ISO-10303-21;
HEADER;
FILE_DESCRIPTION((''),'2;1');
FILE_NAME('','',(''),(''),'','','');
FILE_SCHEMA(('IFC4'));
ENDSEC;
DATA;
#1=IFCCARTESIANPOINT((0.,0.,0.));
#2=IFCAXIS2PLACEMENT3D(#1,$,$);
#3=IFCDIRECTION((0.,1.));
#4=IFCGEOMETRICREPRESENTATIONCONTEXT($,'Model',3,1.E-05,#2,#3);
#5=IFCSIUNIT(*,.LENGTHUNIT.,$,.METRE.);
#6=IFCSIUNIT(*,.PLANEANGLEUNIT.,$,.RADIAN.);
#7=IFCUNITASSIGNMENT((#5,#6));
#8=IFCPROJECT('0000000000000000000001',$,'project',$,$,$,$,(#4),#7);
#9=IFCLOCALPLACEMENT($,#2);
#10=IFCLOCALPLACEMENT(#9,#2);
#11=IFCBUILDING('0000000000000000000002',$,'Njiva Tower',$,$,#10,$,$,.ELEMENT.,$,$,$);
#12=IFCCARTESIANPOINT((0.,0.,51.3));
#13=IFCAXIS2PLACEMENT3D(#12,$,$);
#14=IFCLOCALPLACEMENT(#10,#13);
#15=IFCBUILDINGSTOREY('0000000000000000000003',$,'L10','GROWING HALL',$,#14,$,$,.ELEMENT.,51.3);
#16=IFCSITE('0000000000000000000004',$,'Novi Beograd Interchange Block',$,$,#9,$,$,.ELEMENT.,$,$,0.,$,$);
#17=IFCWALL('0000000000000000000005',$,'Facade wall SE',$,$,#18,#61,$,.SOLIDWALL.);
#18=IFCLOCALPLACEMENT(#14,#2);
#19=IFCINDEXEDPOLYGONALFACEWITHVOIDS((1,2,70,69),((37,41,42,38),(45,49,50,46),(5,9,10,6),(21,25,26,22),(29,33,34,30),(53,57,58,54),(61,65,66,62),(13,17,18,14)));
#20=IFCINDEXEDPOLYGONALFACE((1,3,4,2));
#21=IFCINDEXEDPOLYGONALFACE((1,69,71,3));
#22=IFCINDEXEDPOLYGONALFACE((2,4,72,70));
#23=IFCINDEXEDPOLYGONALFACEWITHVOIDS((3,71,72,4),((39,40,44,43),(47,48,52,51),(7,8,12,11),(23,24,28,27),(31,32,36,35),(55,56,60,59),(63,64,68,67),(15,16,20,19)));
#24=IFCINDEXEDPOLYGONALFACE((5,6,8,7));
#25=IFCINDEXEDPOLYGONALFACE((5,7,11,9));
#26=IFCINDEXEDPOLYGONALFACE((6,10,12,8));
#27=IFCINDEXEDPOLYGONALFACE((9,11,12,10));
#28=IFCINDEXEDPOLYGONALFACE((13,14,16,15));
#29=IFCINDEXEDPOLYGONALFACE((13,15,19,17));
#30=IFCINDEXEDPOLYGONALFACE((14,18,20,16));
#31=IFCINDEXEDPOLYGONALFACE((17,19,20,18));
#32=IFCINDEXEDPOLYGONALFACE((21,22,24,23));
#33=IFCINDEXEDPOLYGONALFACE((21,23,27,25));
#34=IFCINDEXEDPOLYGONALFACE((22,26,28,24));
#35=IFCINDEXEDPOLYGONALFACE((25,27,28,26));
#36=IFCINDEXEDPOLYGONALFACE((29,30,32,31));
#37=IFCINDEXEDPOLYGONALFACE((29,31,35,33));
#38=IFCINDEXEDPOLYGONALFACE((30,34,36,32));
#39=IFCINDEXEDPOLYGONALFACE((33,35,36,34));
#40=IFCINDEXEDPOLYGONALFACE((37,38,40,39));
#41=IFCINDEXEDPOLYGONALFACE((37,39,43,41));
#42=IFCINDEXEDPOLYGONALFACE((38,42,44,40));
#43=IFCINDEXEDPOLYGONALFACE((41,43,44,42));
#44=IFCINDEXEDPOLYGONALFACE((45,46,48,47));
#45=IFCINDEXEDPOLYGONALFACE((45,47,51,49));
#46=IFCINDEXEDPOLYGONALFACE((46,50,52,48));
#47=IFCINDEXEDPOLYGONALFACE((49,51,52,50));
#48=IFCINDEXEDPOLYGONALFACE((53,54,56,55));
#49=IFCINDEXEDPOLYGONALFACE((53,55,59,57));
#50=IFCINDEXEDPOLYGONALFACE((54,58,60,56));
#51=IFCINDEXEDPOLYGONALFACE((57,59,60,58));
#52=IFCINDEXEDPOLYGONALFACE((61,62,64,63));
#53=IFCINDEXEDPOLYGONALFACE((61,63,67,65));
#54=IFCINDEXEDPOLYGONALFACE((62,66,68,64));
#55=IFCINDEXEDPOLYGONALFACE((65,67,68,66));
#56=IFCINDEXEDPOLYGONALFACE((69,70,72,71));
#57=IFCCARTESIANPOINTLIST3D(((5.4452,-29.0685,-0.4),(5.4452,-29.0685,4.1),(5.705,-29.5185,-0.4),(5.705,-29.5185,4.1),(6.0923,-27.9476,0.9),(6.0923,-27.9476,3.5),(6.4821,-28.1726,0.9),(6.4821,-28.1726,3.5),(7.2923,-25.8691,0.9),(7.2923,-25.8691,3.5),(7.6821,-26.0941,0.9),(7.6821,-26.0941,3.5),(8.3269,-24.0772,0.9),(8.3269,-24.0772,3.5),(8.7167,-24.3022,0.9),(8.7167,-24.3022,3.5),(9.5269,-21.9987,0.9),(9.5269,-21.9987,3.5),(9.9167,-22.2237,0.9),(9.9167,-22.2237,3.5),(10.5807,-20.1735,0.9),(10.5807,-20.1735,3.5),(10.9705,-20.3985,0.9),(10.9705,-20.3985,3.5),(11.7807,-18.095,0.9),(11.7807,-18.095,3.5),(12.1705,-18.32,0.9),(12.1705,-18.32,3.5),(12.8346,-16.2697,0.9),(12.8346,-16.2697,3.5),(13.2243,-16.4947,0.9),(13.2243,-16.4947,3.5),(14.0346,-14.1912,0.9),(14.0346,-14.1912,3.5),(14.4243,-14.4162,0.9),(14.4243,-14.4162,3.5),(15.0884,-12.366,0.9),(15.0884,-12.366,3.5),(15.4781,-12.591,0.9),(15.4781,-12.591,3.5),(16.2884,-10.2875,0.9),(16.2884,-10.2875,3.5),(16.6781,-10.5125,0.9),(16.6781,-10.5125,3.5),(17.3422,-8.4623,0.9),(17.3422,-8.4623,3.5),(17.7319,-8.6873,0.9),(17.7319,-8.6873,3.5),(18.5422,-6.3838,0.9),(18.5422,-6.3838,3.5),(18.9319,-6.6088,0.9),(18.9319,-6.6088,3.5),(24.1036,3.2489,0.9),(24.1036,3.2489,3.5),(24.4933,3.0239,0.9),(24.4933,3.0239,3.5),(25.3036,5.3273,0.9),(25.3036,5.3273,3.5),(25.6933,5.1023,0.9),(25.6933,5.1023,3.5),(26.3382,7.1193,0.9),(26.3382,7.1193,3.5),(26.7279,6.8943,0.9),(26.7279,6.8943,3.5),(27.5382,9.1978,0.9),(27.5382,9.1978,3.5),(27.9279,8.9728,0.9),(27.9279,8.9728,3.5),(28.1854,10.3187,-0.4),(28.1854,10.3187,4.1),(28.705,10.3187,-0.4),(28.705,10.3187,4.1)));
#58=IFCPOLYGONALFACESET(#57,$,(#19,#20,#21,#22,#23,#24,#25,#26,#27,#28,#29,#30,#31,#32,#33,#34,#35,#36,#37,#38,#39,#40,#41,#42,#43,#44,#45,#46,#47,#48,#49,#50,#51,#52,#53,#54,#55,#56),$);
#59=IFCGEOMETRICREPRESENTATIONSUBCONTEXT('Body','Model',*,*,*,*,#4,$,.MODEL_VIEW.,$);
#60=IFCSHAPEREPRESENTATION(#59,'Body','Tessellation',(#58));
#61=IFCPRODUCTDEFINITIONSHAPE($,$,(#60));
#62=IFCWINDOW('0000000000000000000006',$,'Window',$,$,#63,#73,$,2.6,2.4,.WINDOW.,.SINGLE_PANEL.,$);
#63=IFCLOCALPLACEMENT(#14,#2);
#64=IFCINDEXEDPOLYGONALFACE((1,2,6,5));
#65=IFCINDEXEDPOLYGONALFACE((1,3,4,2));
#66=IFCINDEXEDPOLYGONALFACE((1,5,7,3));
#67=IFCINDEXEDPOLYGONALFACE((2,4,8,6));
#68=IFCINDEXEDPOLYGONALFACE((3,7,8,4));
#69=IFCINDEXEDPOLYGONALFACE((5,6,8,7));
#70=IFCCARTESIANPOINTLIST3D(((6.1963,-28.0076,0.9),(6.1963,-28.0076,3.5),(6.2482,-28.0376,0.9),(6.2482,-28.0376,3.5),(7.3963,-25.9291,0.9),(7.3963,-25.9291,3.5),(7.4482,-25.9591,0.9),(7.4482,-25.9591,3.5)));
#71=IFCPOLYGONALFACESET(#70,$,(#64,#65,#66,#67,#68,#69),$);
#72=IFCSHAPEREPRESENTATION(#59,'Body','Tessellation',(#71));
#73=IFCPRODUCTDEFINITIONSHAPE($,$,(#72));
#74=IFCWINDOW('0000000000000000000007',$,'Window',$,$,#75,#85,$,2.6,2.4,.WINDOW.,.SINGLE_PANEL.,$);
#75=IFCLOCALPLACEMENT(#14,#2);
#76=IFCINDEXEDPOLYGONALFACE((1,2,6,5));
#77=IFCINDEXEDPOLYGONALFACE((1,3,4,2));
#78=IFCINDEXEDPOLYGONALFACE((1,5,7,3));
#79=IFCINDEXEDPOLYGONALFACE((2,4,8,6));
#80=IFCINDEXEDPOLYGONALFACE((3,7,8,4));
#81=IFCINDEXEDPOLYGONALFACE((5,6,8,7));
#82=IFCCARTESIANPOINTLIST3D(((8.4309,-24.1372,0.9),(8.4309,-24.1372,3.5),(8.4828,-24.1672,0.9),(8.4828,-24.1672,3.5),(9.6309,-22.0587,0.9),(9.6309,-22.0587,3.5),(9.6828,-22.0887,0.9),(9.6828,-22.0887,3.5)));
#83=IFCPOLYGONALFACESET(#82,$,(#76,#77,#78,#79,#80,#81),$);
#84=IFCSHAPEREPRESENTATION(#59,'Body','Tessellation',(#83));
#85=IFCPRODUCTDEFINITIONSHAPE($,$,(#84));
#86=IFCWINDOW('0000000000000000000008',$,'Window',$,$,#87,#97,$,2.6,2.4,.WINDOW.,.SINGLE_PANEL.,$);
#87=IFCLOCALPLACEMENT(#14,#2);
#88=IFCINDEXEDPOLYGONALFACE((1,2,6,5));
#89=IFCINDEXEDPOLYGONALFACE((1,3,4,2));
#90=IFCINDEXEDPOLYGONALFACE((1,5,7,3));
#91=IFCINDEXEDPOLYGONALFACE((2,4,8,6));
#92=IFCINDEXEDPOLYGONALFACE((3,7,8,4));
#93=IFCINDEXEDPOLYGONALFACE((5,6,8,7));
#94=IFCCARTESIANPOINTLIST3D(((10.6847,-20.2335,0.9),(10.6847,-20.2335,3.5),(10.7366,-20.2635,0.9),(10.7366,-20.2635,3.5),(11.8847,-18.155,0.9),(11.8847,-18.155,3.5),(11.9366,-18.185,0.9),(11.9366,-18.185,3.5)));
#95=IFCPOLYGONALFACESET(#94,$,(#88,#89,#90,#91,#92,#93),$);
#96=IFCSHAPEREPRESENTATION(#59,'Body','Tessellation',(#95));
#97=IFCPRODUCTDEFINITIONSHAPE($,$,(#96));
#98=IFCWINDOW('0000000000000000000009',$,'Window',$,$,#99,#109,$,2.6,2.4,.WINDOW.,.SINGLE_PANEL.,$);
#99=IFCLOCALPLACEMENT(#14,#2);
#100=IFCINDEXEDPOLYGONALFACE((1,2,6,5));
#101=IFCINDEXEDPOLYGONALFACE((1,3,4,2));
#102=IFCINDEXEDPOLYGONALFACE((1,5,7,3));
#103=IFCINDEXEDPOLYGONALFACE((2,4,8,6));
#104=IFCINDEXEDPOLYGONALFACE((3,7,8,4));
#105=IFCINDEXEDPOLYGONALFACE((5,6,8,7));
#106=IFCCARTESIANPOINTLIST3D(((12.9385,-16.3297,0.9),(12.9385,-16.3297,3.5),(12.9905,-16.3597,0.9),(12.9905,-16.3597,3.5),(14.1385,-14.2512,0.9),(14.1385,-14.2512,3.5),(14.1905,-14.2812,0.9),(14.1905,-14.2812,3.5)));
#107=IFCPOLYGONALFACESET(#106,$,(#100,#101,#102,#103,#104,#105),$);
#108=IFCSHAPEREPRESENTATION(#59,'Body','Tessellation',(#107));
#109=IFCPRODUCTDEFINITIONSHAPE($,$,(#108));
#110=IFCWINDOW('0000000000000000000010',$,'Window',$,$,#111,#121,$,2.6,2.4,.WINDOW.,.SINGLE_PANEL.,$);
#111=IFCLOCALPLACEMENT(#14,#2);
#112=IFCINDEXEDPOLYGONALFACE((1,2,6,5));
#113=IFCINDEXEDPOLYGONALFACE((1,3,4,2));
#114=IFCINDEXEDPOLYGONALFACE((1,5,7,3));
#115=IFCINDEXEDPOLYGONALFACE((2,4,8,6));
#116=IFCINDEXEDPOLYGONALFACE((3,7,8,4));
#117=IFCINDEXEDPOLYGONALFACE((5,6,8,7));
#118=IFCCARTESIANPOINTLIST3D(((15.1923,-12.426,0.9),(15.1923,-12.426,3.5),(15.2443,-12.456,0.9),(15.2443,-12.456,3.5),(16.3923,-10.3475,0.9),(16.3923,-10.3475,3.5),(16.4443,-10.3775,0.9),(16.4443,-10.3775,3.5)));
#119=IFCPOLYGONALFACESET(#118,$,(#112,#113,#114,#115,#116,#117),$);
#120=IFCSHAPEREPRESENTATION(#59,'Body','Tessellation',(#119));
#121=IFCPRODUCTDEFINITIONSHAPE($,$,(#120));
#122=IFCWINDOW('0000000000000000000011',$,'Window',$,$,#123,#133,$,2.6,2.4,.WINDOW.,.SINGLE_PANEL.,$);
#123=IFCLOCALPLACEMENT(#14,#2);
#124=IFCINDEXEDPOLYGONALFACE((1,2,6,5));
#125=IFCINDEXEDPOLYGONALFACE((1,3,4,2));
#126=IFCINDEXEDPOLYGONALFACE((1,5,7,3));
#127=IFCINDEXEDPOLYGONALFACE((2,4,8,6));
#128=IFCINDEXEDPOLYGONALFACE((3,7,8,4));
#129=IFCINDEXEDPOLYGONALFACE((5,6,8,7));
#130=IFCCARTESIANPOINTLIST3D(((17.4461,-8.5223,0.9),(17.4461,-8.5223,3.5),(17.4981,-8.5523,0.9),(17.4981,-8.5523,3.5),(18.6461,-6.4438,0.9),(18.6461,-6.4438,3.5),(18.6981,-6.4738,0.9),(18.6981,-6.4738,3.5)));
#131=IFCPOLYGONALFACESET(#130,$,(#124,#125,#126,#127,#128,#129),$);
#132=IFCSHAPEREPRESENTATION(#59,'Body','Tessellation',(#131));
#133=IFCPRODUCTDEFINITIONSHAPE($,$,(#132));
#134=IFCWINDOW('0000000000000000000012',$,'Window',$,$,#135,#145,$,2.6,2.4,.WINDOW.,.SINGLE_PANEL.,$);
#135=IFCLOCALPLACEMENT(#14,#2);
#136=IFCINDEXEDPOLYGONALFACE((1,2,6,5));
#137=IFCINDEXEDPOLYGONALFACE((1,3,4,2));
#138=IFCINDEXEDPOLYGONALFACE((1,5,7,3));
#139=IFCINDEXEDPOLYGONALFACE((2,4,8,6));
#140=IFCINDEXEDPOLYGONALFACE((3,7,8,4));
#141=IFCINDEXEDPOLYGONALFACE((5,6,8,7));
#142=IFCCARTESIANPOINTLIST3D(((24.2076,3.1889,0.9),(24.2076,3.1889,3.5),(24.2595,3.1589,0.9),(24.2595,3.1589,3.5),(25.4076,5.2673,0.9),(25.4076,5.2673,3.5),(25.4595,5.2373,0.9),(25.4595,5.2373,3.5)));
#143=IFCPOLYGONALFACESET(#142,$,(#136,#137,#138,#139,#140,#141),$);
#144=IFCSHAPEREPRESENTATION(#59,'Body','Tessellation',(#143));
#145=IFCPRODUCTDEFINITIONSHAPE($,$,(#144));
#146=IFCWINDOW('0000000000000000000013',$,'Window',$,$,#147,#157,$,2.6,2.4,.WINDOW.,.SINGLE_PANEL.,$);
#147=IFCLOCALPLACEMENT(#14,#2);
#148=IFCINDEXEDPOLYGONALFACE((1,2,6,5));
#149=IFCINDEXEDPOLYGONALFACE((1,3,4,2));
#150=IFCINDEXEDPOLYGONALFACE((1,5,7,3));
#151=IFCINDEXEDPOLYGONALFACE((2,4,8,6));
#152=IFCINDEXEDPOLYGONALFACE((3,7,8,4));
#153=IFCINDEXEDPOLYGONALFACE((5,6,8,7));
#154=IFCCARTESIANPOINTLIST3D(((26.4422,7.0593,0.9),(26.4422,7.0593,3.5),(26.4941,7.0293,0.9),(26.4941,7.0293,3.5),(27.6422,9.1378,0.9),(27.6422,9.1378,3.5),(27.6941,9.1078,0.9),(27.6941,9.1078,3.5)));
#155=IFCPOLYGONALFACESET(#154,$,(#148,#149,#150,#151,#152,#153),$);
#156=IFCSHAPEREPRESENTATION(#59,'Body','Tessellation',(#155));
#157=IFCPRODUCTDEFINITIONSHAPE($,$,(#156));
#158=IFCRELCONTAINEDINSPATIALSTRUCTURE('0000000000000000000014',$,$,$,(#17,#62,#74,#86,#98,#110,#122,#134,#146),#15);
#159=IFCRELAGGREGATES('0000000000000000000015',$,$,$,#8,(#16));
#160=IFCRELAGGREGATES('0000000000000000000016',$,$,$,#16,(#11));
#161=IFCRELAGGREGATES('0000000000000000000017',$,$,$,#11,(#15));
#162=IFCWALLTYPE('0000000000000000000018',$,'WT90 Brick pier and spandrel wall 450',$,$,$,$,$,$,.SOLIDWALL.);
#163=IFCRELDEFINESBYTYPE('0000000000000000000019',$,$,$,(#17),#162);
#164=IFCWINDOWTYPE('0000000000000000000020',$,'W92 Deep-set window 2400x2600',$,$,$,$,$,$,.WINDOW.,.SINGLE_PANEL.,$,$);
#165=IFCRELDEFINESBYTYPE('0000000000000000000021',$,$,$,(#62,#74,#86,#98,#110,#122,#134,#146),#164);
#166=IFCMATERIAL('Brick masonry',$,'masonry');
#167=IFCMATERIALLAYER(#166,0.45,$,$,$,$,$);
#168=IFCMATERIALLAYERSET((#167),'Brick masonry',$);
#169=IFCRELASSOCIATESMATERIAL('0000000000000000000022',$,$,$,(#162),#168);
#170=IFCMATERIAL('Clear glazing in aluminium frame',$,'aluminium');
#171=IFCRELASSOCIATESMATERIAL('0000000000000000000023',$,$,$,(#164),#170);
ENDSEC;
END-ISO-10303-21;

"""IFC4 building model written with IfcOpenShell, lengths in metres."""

from ifc_helpers import new_model, si_unit, direction, frame, frame_2d, origin, place, context, subcontext, project, spatial, polyline, rectangle, outline, extrude, material, layer, layer_set, type_object, element, fill, save


model = new_model("IFC4")

# Units and contexts
model_context = context("Model", 3, precision=1e-05, world=origin(), true_north=direction((0.0, 1.0)))
body_context = subcontext(model_context, "Body", "Model", "MODEL_VIEW")
ifc_project = project(units=[si_unit("LENGTHUNIT", "METRE"), si_unit("PLANEANGLEUNIT", "RADIAN")], contexts=[model_context])

# Site, building, storey
site_placement = place(None, origin())
site = spatial("IfcSite", under=ifc_project, at=site_placement, Name="Novi Beograd Interchange Block", CompositionType="ELEMENT", RefElevation=0.0)
building_placement = place(site_placement, origin())
building = spatial("IfcBuilding", under=site, at=building_placement, Name="Njiva Tower", CompositionType="ELEMENT")
storey_placement = place(building_placement, frame((0.0, 0.0, 51.3)))
storey = spatial("IfcBuildingStorey", under=building, at=storey_placement, Name="L10", Description="GROWING HALL", CompositionType="ELEMENT", Elevation=51.3)

# Wall, openings, windows
ifc_material_1 = material(Name="Brick masonry", Category="masonry")
ifc_layer_1 = layer(ifc_material_1, 0.45)
ifc_layer_set_1 = layer_set([ifc_layer_1], Name="Brick masonry")
wall_type_1 = type_object("IfcWallType", Name="WT90 Brick pier and spandrel wall 450", PredefinedType="SOLIDWALL", material=ifc_layer_set_1)
wall_1_placement = place(storey_placement, frame((5.5751, -29.2935, -0.4), z_axis=(0.0, 0.0, 1.0), x_axis=(0.5, 0.866026, 0.0)))
wall_1 = element("IfcWall", 1, at=wall_1_placement, inside=storey, type_object=wall_type_1, Name="Facade wall SE", PredefinedType="SOLIDWALL", context=body_context, shape_type="SweptSolid", body=[
    extrude(outline(polyline([(-0.1299, -0.225), (45.8701, -0.225), (45.6103, 0.225), (0.1299, 0.225), (-0.1299, -0.225)])), origin(), (0.0, 0.0, 1.0), 4.5),
])
opening_1_placement = place(wall_1_placement, frame((1.4242, 0.0, 1.3)))
opening_1 = element("IfcOpeningElement", 2, at=opening_1_placement, cuts=wall_1, PredefinedType="OPENING", context=body_context, shape_type="SweptSolid", body=[
    extrude(rectangle(XDim=2.4, YDim=2.6, at=frame_2d((1.2, 1.3))), frame((0.0, 0.235, 0.0), z_axis=(0.0, -1.0, 0.0), x_axis=(1.0, 0.0, 0.0)), (0.0, 0.0, 1.0), 0.47),
])
opening_2_placement = place(wall_1_placement, frame((5.8934, 0.0, 1.3)))
opening_2 = element("IfcOpeningElement", 3, at=opening_2_placement, cuts=wall_1, PredefinedType="OPENING", context=body_context, shape_type="SweptSolid", body=[
    extrude(rectangle(XDim=2.4, YDim=2.6, at=frame_2d((1.2, 1.3))), frame((0.0, 0.235, 0.0), z_axis=(0.0, -1.0, 0.0), x_axis=(1.0, 0.0, 0.0)), (0.0, 0.0, 1.0), 0.47),
])
opening_3_placement = place(wall_1_placement, frame((10.401, 0.0, 1.3)))
opening_3 = element("IfcOpeningElement", 4, at=opening_3_placement, cuts=wall_1, PredefinedType="OPENING", context=body_context, shape_type="SweptSolid", body=[
    extrude(rectangle(XDim=2.4, YDim=2.6, at=frame_2d((1.2, 1.3))), frame((0.0, 0.235, 0.0), z_axis=(0.0, -1.0, 0.0), x_axis=(1.0, 0.0, 0.0)), (0.0, 0.0, 1.0), 0.47),
])
opening_4_placement = place(wall_1_placement, frame((14.9087, 0.0, 1.3)))
opening_4 = element("IfcOpeningElement", 5, at=opening_4_placement, cuts=wall_1, PredefinedType="OPENING", context=body_context, shape_type="SweptSolid", body=[
    extrude(rectangle(XDim=2.4, YDim=2.6, at=frame_2d((1.2, 1.3))), frame((0.0, 0.235, 0.0), z_axis=(0.0, -1.0, 0.0), x_axis=(1.0, 0.0, 0.0)), (0.0, 0.0, 1.0), 0.47),
])
opening_5_placement = place(wall_1_placement, frame((19.4163, 0.0, 1.3)))
opening_5 = element("IfcOpeningElement", 6, at=opening_5_placement, cuts=wall_1, PredefinedType="OPENING", context=body_context, shape_type="SweptSolid", body=[
    extrude(rectangle(XDim=2.4, YDim=2.6, at=frame_2d((1.2, 1.3))), frame((0.0, 0.235, 0.0), z_axis=(0.0, -1.0, 0.0), x_axis=(1.0, 0.0, 0.0)), (0.0, 0.0, 1.0), 0.47),
])
opening_6_placement = place(wall_1_placement, frame((23.9239, 0.0, 1.3)))
opening_6 = element("IfcOpeningElement", 7, at=opening_6_placement, cuts=wall_1, PredefinedType="OPENING", context=body_context, shape_type="SweptSolid", body=[
    extrude(rectangle(XDim=2.4, YDim=2.6, at=frame_2d((1.2, 1.3))), frame((0.0, 0.235, 0.0), z_axis=(0.0, -1.0, 0.0), x_axis=(1.0, 0.0, 0.0)), (0.0, 0.0, 1.0), 0.47),
])
opening_7_placement = place(wall_1_placement, frame((37.4468, 0.0, 1.3)))
opening_7 = element("IfcOpeningElement", 8, at=opening_7_placement, cuts=wall_1, PredefinedType="OPENING", context=body_context, shape_type="SweptSolid", body=[
    extrude(rectangle(XDim=2.4, YDim=2.6, at=frame_2d((1.2, 1.3))), frame((0.0, 0.235, 0.0), z_axis=(0.0, -1.0, 0.0), x_axis=(1.0, 0.0, 0.0)), (0.0, 0.0, 1.0), 0.47),
])
opening_8_placement = place(wall_1_placement, frame((41.916, 0.0, 1.3)))
opening_8 = element("IfcOpeningElement", 9, at=opening_8_placement, cuts=wall_1, PredefinedType="OPENING", context=body_context, shape_type="SweptSolid", body=[
    extrude(rectangle(XDim=2.4, YDim=2.6, at=frame_2d((1.2, 1.3))), frame((0.0, 0.235, 0.0), z_axis=(0.0, -1.0, 0.0), x_axis=(1.0, 0.0, 0.0)), (0.0, 0.0, 1.0), 0.47),
])
ifc_material_2 = material(Name="Clear glazing in aluminium frame", Category="aluminium")
window_type = type_object("IfcWindowType", Name="W92 Deep-set window 2400x2600", PartitioningType="SINGLE_PANEL", PredefinedType="WINDOW", material=ifc_material_2)
window_1_placement = place(opening_1_placement, origin())
window_1 = element("IfcWindow", 10, at=window_1_placement, inside=storey, type_object=window_type, Name="Window", OverallHeight=2.6, OverallWidth=2.4, PartitioningType="SINGLE_PANEL", PredefinedType="WINDOW", context=body_context, shape_type="SweptSolid", body=[
    extrude(rectangle(XDim=2.4, YDim=2.6, at=frame_2d((1.2, 1.3))), frame((0.0, 0.105, 0.0), z_axis=(0.0, -1.0, 0.0), x_axis=(1.0, 0.0, 0.0)), (0.0, 0.0, 1.0), 0.06),
])
fill(opening_1, window_1)
window_2_placement = place(opening_2_placement, origin())
window_2 = element("IfcWindow", 11, at=window_2_placement, inside=storey, type_object=window_type, Name="Window", OverallHeight=2.6, OverallWidth=2.4, PartitioningType="SINGLE_PANEL", PredefinedType="WINDOW", context=body_context, shape_type="SweptSolid", body=[
    extrude(rectangle(XDim=2.4, YDim=2.6, at=frame_2d((1.2, 1.3))), frame((0.0, 0.105, 0.0), z_axis=(0.0, -1.0, 0.0), x_axis=(1.0, 0.0, 0.0)), (0.0, 0.0, 1.0), 0.06),
])
fill(opening_2, window_2)
window_3_placement = place(opening_3_placement, origin())
window_3 = element("IfcWindow", 12, at=window_3_placement, inside=storey, type_object=window_type, Name="Window", OverallHeight=2.6, OverallWidth=2.4, PartitioningType="SINGLE_PANEL", PredefinedType="WINDOW", context=body_context, shape_type="SweptSolid", body=[
    extrude(rectangle(XDim=2.4, YDim=2.6, at=frame_2d((1.2, 1.3))), frame((0.0, 0.105, 0.0), z_axis=(0.0, -1.0, 0.0), x_axis=(1.0, 0.0, 0.0)), (0.0, 0.0, 1.0), 0.06),
])
fill(opening_3, window_3)
window_4_placement = place(opening_4_placement, origin())
window_4 = element("IfcWindow", 13, at=window_4_placement, inside=storey, type_object=window_type, Name="Window", OverallHeight=2.6, OverallWidth=2.4, PartitioningType="SINGLE_PANEL", PredefinedType="WINDOW", context=body_context, shape_type="SweptSolid", body=[
    extrude(rectangle(XDim=2.4, YDim=2.6, at=frame_2d((1.2, 1.3))), frame((0.0, 0.105, 0.0), z_axis=(0.0, -1.0, 0.0), x_axis=(1.0, 0.0, 0.0)), (0.0, 0.0, 1.0), 0.06),
])
fill(opening_4, window_4)
window_5_placement = place(opening_5_placement, origin())
window_5 = element("IfcWindow", 14, at=window_5_placement, inside=storey, type_object=window_type, Name="Window", OverallHeight=2.6, OverallWidth=2.4, PartitioningType="SINGLE_PANEL", PredefinedType="WINDOW", context=body_context, shape_type="SweptSolid", body=[
    extrude(rectangle(XDim=2.4, YDim=2.6, at=frame_2d((1.2, 1.3))), frame((0.0, 0.105, 0.0), z_axis=(0.0, -1.0, 0.0), x_axis=(1.0, 0.0, 0.0)), (0.0, 0.0, 1.0), 0.06),
])
fill(opening_5, window_5)
window_6_placement = place(opening_6_placement, origin())
window_6 = element("IfcWindow", 15, at=window_6_placement, inside=storey, type_object=window_type, Name="Window", OverallHeight=2.6, OverallWidth=2.4, PartitioningType="SINGLE_PANEL", PredefinedType="WINDOW", context=body_context, shape_type="SweptSolid", body=[
    extrude(rectangle(XDim=2.4, YDim=2.6, at=frame_2d((1.2, 1.3))), frame((0.0, 0.105, 0.0), z_axis=(0.0, -1.0, 0.0), x_axis=(1.0, 0.0, 0.0)), (0.0, 0.0, 1.0), 0.06),
])
fill(opening_6, window_6)
window_7_placement = place(opening_7_placement, origin())
window_7 = element("IfcWindow", 16, at=window_7_placement, inside=storey, type_object=window_type, Name="Window", OverallHeight=2.6, OverallWidth=2.4, PartitioningType="SINGLE_PANEL", PredefinedType="WINDOW", context=body_context, shape_type="SweptSolid", body=[
    extrude(rectangle(XDim=2.4, YDim=2.6, at=frame_2d((1.2, 1.3))), frame((0.0, 0.105, 0.0), z_axis=(0.0, -1.0, 0.0), x_axis=(1.0, 0.0, 0.0)), (0.0, 0.0, 1.0), 0.06),
])
fill(opening_7, window_7)
window_8_placement = place(opening_8_placement, origin())
window_8 = element("IfcWindow", 17, at=window_8_placement, inside=storey, type_object=window_type, Name="Window", OverallHeight=2.6, OverallWidth=2.4, PartitioningType="SINGLE_PANEL", PredefinedType="WINDOW", context=body_context, shape_type="SweptSolid", body=[
    extrude(rectangle(XDim=2.4, YDim=2.6, at=frame_2d((1.2, 1.3))), frame((0.0, 0.105, 0.0), z_axis=(0.0, -1.0, 0.0), x_axis=(1.0, 0.0, 0.0)), (0.0, 0.0, 1.0), 0.06),
])
fill(opening_8, window_8)

save(model, "model.ifc")
